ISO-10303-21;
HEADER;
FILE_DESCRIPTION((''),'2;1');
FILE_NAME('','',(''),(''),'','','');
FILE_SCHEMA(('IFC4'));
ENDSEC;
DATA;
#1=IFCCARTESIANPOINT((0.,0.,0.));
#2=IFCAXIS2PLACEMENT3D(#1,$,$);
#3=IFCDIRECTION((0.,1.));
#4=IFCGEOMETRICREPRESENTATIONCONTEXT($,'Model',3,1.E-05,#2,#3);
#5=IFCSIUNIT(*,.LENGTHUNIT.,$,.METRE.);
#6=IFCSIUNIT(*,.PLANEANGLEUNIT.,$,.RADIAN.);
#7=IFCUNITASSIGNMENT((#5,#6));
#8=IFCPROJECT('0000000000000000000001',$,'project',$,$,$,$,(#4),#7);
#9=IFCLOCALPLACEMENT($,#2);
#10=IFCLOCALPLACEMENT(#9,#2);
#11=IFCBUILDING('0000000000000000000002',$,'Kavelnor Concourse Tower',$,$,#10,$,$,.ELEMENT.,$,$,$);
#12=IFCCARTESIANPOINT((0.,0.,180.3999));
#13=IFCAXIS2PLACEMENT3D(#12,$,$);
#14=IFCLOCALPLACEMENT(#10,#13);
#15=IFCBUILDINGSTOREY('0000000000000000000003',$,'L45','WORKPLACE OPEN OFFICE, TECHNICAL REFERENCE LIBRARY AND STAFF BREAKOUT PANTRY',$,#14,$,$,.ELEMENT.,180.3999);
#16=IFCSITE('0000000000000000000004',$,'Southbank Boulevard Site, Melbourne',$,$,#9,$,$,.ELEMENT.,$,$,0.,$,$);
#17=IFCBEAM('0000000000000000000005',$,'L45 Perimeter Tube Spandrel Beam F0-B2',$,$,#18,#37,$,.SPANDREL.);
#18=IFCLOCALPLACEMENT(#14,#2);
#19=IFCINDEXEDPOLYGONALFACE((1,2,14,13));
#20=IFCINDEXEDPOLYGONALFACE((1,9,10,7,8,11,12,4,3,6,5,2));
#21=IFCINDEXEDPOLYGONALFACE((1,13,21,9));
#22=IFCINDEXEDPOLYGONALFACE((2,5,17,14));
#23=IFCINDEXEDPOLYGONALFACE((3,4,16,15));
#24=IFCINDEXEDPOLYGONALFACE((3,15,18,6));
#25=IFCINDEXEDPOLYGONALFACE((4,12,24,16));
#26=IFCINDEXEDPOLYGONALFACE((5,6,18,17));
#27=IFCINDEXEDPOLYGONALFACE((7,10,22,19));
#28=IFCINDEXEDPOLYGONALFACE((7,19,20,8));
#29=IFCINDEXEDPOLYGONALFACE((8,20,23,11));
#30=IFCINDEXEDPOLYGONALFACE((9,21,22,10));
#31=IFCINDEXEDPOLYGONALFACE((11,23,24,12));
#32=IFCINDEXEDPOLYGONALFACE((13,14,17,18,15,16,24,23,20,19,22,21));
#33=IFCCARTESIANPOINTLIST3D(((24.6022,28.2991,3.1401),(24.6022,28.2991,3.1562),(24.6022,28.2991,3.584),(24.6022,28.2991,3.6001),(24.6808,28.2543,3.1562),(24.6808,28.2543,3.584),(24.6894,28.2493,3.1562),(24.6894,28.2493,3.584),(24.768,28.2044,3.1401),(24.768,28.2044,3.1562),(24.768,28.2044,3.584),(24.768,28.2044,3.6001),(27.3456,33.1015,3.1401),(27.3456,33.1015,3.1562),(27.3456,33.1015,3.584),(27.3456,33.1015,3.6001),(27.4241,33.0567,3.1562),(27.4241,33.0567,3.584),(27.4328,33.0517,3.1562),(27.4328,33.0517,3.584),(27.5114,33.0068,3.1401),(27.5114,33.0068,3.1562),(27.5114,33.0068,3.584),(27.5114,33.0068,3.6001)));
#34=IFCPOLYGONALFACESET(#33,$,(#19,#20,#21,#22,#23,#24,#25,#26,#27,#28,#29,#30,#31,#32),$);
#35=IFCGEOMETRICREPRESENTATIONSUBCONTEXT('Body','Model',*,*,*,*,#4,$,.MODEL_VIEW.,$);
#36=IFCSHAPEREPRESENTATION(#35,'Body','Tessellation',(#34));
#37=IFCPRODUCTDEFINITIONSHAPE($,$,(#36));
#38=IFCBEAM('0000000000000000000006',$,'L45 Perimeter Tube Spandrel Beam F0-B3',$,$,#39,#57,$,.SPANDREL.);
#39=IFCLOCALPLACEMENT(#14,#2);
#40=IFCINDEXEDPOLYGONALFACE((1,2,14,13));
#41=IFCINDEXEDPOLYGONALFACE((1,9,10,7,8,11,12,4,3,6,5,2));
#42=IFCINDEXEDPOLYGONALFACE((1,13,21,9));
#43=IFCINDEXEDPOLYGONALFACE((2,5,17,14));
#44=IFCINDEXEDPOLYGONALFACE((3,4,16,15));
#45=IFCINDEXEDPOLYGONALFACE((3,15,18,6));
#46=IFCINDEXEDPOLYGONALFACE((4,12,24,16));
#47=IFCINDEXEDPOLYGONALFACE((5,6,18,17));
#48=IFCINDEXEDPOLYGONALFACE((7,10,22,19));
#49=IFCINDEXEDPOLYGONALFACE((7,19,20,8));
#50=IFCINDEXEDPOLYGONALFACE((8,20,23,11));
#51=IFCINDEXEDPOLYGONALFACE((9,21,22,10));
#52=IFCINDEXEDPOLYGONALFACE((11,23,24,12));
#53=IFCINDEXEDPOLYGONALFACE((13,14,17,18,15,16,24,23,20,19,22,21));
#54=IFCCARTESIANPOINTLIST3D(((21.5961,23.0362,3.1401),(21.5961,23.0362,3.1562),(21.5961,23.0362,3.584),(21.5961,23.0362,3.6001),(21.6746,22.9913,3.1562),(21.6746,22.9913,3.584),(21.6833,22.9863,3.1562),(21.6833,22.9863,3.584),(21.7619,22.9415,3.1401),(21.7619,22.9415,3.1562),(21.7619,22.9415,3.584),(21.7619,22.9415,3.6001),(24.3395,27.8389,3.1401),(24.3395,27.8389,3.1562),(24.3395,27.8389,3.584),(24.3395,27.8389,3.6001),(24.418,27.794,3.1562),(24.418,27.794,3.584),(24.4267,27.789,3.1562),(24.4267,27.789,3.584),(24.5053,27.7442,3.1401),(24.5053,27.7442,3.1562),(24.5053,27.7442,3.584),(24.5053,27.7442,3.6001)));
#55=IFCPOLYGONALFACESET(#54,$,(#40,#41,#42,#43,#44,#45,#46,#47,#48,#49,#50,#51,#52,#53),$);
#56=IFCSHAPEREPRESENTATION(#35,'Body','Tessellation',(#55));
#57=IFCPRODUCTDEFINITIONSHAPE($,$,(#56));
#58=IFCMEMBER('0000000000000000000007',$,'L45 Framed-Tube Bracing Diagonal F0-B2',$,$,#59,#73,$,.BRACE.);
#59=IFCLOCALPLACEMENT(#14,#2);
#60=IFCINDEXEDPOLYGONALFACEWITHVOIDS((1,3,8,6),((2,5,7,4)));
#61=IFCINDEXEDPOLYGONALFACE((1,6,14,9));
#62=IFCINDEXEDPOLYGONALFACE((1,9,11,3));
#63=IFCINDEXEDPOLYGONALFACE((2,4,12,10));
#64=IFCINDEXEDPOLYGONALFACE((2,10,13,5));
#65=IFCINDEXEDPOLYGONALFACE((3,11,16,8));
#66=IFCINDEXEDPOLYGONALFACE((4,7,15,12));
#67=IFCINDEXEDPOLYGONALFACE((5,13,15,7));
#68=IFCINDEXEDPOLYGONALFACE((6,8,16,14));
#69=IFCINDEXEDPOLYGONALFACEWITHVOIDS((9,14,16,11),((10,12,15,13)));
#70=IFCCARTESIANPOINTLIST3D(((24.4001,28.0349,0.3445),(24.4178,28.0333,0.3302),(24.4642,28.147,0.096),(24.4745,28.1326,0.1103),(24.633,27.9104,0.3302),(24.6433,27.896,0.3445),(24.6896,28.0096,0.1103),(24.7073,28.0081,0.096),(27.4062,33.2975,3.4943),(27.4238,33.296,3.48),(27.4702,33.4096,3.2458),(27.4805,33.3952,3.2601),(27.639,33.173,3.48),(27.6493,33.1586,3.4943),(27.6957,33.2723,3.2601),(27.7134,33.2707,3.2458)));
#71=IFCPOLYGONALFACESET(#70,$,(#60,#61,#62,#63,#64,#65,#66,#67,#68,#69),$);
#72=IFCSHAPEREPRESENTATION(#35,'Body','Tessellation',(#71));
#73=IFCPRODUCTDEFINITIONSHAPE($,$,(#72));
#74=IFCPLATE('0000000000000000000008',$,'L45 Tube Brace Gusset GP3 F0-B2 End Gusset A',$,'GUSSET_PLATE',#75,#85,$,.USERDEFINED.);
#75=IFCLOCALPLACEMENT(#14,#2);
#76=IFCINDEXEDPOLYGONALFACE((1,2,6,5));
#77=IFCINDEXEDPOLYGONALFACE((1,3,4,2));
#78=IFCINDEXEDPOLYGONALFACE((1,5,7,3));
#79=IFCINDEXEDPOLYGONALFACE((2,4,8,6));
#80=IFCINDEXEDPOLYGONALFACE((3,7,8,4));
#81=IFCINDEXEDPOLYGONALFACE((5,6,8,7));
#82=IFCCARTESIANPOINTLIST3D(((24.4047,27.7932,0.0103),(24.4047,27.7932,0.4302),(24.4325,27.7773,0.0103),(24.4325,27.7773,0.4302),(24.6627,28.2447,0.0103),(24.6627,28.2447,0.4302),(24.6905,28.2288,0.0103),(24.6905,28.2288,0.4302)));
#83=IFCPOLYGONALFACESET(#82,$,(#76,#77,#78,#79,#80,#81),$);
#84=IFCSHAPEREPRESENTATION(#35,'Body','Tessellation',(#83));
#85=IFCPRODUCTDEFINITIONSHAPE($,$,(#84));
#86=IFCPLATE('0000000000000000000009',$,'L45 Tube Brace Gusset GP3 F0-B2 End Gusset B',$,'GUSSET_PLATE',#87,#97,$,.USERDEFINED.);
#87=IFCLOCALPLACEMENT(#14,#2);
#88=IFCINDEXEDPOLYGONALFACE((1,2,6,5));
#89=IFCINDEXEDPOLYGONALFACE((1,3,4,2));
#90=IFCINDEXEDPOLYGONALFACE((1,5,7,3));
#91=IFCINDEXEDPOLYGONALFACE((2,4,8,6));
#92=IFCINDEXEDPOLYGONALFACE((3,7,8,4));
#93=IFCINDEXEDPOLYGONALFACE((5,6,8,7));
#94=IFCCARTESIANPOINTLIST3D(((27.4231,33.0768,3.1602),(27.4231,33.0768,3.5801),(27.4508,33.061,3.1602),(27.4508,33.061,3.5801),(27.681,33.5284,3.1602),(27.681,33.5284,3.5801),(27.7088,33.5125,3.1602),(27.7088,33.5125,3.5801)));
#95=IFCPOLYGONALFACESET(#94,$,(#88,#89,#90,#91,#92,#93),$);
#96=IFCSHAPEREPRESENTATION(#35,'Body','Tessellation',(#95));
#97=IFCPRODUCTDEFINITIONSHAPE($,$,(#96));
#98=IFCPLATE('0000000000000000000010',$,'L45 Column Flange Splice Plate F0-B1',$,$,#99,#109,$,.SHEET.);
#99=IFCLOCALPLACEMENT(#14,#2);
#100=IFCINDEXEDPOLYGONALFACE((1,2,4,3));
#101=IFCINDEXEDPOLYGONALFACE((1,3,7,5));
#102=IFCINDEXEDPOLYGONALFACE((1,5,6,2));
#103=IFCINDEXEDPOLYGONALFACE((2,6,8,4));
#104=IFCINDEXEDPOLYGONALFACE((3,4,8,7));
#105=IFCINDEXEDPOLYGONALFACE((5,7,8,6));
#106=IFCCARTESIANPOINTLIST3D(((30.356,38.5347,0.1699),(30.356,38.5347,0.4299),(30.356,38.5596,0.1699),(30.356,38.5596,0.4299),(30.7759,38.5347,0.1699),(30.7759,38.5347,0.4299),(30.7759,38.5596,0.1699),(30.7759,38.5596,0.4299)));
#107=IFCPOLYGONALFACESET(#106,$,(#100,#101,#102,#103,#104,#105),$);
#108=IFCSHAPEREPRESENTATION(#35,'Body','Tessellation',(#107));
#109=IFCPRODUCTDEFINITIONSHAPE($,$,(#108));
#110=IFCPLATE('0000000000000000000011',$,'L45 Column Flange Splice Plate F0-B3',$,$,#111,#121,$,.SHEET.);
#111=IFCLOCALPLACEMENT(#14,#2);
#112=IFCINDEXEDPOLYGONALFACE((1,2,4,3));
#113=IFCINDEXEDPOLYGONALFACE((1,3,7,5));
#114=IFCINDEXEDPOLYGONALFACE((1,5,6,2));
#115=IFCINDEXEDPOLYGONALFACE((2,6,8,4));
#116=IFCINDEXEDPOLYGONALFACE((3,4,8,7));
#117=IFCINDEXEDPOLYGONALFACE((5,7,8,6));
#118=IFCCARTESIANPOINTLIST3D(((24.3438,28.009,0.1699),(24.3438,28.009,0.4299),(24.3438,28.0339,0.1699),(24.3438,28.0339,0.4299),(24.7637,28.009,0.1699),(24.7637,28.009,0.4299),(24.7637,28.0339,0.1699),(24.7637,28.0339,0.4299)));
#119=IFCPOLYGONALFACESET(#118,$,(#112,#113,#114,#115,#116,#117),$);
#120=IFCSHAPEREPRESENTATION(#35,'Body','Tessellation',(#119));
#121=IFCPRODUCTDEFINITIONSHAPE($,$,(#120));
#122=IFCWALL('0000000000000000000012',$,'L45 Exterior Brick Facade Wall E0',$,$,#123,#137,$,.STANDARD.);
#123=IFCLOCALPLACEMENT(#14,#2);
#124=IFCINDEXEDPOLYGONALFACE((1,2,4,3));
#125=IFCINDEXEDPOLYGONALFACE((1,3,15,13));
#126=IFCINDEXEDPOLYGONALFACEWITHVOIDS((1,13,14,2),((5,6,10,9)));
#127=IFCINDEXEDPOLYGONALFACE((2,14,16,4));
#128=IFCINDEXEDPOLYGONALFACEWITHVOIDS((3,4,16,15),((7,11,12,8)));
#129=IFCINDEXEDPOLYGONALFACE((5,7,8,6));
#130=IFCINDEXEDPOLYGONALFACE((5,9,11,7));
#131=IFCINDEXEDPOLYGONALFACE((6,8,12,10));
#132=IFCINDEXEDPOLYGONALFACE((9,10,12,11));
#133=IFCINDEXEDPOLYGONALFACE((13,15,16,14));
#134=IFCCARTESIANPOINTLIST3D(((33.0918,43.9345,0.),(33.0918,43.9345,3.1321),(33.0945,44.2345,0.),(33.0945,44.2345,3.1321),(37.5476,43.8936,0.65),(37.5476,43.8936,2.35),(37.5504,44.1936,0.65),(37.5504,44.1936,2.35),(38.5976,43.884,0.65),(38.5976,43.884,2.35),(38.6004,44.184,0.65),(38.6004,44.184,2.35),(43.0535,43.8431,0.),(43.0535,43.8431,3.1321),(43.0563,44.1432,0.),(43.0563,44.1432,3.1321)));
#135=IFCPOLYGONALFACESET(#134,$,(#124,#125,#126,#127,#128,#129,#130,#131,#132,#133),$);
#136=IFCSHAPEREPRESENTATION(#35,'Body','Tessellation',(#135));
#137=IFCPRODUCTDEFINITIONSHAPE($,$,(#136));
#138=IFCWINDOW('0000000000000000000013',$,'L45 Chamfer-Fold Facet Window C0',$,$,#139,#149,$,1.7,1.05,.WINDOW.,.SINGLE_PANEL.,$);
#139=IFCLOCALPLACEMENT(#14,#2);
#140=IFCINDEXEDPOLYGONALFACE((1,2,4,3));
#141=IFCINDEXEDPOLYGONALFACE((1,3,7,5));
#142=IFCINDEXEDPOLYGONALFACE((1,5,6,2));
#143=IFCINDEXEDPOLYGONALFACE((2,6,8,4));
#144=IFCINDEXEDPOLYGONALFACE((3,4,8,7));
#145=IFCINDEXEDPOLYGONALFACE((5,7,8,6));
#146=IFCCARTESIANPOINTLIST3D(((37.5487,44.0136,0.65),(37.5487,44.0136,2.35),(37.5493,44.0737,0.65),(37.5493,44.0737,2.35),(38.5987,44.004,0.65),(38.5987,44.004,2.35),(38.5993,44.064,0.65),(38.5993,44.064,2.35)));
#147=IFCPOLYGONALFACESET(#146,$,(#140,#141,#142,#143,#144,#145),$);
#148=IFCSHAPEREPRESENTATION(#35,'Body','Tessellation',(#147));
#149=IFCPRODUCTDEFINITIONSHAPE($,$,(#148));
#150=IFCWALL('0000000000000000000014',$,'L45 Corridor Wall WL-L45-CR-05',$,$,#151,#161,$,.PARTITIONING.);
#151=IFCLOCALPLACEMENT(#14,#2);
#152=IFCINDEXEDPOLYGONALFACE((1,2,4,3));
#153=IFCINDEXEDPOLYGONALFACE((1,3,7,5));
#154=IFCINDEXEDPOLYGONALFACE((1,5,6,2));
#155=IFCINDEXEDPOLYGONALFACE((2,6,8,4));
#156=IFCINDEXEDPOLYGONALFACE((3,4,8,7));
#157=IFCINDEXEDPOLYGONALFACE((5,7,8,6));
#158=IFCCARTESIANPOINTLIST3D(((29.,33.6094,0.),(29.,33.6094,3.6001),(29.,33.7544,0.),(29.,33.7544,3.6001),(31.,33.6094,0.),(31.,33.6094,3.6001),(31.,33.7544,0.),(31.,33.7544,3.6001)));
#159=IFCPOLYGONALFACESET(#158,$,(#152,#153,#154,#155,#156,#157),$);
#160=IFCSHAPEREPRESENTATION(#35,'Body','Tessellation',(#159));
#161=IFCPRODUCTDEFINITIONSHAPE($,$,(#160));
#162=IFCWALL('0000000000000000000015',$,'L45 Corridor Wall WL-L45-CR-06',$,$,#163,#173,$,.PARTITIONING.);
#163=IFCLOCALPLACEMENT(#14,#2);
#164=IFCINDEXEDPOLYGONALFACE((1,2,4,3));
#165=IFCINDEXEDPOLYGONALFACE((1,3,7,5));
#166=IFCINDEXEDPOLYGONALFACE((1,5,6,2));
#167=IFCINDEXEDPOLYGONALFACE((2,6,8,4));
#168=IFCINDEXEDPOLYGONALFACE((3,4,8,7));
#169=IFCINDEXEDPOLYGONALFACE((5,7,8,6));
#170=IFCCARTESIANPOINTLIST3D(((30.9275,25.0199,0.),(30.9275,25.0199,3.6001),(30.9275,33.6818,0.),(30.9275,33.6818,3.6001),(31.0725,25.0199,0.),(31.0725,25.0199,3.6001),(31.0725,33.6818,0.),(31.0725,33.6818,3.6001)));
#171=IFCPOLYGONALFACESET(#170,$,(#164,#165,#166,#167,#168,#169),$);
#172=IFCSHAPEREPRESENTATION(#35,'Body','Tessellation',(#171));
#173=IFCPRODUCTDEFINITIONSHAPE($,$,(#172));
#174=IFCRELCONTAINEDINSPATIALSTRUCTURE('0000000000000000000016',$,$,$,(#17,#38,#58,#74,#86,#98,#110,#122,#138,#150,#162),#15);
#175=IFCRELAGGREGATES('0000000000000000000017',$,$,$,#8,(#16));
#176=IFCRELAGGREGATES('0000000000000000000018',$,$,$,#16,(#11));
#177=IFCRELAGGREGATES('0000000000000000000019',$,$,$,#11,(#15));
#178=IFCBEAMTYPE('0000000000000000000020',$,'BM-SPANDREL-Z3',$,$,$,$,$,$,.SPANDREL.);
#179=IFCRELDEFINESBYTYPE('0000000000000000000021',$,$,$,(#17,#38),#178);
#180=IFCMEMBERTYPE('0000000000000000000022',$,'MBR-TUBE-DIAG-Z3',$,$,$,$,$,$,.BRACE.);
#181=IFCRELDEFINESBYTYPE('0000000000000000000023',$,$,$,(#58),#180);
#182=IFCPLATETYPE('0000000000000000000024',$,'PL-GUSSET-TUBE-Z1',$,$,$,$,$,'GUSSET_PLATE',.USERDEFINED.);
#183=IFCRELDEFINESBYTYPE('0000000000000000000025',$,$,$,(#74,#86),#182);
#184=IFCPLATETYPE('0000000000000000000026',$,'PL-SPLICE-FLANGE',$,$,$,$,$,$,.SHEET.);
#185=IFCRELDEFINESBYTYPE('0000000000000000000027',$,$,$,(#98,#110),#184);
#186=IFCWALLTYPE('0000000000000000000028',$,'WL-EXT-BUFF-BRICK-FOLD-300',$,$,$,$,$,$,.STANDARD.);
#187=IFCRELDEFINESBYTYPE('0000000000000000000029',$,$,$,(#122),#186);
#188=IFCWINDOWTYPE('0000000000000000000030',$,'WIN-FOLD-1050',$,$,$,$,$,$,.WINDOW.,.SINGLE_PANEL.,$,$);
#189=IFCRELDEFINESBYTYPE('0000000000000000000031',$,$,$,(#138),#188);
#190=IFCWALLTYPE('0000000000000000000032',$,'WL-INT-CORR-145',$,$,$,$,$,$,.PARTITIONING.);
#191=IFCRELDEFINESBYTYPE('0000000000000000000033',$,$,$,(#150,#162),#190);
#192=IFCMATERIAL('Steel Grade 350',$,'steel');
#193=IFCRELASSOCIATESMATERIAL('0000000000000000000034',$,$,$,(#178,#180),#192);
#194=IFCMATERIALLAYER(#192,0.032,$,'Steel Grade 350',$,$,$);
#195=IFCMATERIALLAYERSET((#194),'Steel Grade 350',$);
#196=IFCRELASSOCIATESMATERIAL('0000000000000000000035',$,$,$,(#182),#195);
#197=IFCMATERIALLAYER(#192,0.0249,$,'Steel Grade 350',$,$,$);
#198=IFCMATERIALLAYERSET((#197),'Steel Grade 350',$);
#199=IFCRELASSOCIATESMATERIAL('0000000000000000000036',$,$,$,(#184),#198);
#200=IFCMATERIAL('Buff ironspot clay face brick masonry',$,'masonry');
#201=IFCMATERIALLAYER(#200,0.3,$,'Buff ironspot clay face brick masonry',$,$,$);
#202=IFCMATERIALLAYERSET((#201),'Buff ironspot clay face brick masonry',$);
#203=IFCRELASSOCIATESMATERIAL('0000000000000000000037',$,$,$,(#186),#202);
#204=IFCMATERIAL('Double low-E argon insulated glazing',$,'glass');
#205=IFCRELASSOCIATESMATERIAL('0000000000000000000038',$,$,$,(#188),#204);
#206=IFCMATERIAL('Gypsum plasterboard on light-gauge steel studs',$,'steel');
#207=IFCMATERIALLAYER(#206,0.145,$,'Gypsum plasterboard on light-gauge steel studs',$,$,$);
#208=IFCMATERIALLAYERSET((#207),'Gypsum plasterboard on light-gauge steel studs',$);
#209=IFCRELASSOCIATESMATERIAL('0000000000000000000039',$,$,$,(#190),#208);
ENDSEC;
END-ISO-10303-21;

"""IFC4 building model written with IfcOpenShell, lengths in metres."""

from ifc_helpers import new_model, si_unit, direction, frame, frame_2d, origin, origin_2d, place, context, subcontext, project, spatial, rectangle, hollow_rectangle, i_section, extrude, material, layer, layer_set, material_profile, profile_set, type_object, element, fill, save


model = new_model("IFC4")

# Units and contexts
model_context = context("Model", 3, precision=1e-05, world=origin(), true_north=direction((0.0, 1.0)))
body_context = subcontext(model_context, "Body", "Model", "MODEL_VIEW")
ifc_project = project(units=[si_unit("LENGTHUNIT", "METRE"), si_unit("PLANEANGLEUNIT", "RADIAN")], contexts=[model_context])

# Site, building, storey
site_placement = place(None, origin())
site = spatial("IfcSite", under=ifc_project, at=site_placement, Name="Southbank Boulevard Site, Melbourne", CompositionType="ELEMENT", RefElevation=0.0)
building_placement = place(site_placement, origin())
building = spatial("IfcBuilding", under=site, at=building_placement, Name="Kavelnor Concourse Tower", CompositionType="ELEMENT")
storey_placement = place(building_placement, frame((0.0, 0.0, 180.3999)))
storey = spatial("IfcBuildingStorey", under=building, at=storey_placement, Name="L45", Description="WORKPLACE OPEN OFFICE, TECHNICAL REFERENCE LIBRARY AND STAFF BREAKOUT PANTRY", CompositionType="ELEMENT", Elevation=180.3999)

# Shared definitions
ifc_material_1 = material(Name="Steel Grade 350", Category="steel")

# Beams
ifc_material_profile_1 = material_profile(ifc_material_1, i_section(OverallWidth=0.1909, OverallDepth=0.46, WebThickness=0.01, FlangeThickness=0.0161, at=origin_2d()), Name="460UB82")
ifc_profile_set_1 = profile_set([ifc_material_profile_1], Name="Steel Grade 350")
beam_type_1 = type_object("IfcBeamType", Name="BM-SPANDREL-Z3", PredefinedType="SPANDREL", material=ifc_profile_set_1)
beam_1_placement = place(storey_placement, frame((27.4285, 33.0542, 3.3701), z_axis=(-0.49602, -0.868311, 0.0), x_axis=(0.868311, -0.49602, 0.0)))
element("IfcBeam", 1, at=beam_1_placement, inside=storey, type_object=beam_type_1, Name="L45 Perimeter Tube Spandrel Beam F0-B2", PredefinedType="SPANDREL", context=body_context, shape_type="SweptSolid", body=[
    extrude(i_section(OverallWidth=0.1909, OverallDepth=0.46, WebThickness=0.01, FlangeThickness=0.0161, at=origin_2d()), origin(), (0.0, 0.0, 1.0), 5.5308),
])
beam_2_placement = place(storey_placement, frame((24.4224, 27.7915, 3.3701), z_axis=(-0.496001, -0.868322, 0.0), x_axis=(0.868322, -0.496001, 0.0)))
element("IfcBeam", 2, at=beam_2_placement, inside=storey, type_object=beam_type_1, Name="L45 Perimeter Tube Spandrel Beam F0-B3", PredefinedType="SPANDREL", context=body_context, shape_type="SweptSolid", body=[
    extrude(i_section(OverallWidth=0.1909, OverallDepth=0.46, WebThickness=0.01, FlangeThickness=0.0161, at=origin_2d()), origin(), (0.0, 0.0, 1.0), 5.531),
])

# Member
ifc_material_profile_2 = material_profile(ifc_material_1, hollow_rectangle(XDim=0.28, YDim=0.28, WallThickness=0.0161, at=origin_2d()), Name="SHS 280x280x16")
ifc_profile_set_2 = profile_set([ifc_material_profile_2], Name="Steel Grade 350")
member_type = type_object("IfcMemberType", Name="MBR-TUBE-DIAG-Z3", PredefinedType="BRACE", material=ifc_profile_set_2)
member_placement = place(storey_placement, frame((24.5537, 28.0215, 0.2202), z_axis=(0.440106, 0.77048, 0.461159), x_axis=(-0.868325, 0.495996, 0.0)))
element("IfcMember", 3, at=member_placement, inside=storey, type_object=member_type, Name="L45 Framed-Tube Bracing Diagonal F0-B2", PredefinedType="BRACE", context=body_context, shape_type="SweptSolid", body=[
    extrude(hollow_rectangle(XDim=0.28, YDim=0.28, WallThickness=0.0161, at=origin_2d()), origin(), (0.0, 0.0, 1.0), 6.8303),
])

# Plates
ifc_layer_1 = layer(ifc_material_1, 0.032, Name="Steel Grade 350")
ifc_layer_set_1 = layer_set([ifc_layer_1], Name="Steel Grade 350")
plate_type_1 = type_object("IfcPlateType", Name="PL-GUSSET-TUBE-Z1", ElementType="GUSSET_PLATE", PredefinedType="USERDEFINED", material=ifc_layer_set_1)
for number, where, z_axis, x_axis, name in (
    (4, (24.5476, 28.011, 0.0103), (0.0, 0.0, 1.0), (0.496065, 0.868285, 0.0), "L45 Tube Brace Gusset GP3 F0-B2 End Gusset A"),
    (5, (27.5659, 33.2947, 3.1602), (0.0, 0.0, 1.0), (0.496065, 0.868285, 0.0), "L45 Tube Brace Gusset GP3 F0-B2 End Gusset B"),
):
    element("IfcPlate", number, at=place(storey_placement, frame(where, z_axis=z_axis, x_axis=x_axis)), inside=storey, type_object=plate_type_1, Name=name, ObjectType="GUSSET_PLATE", PredefinedType="USERDEFINED", context=body_context, shape_type="SweptSolid", body=[
        extrude(rectangle(XDim=0.52, YDim=0.032, at=origin_2d()), origin(), (0.0, 0.0, 1.0), 0.4199),
    ])
ifc_layer_2 = layer(ifc_material_1, 0.0249, Name="Steel Grade 350")
ifc_layer_set_2 = layer_set([ifc_layer_2], Name="Steel Grade 350")
plate_type_2 = type_object("IfcPlateType", Name="PL-SPLICE-FLANGE", PredefinedType="SHEET", material=ifc_layer_set_2)
for number, where, z_axis, x_axis, name in (
    (6, (30.5659, 38.5471, 0.1699), (0.0, 0.0, 1.0), (1.0, 0.0, 0.0), "L45 Column Flange Splice Plate F0-B1"),
    (7, (24.5537, 28.0215, 0.1699), (0.0, 0.0, 1.0), (1.0, 0.0, 0.0), "L45 Column Flange Splice Plate F0-B3"),
):
    element("IfcPlate", number, at=place(storey_placement, frame(where, z_axis=z_axis, x_axis=x_axis)), inside=storey, type_object=plate_type_2, Name=name, PredefinedType="SHEET", context=body_context, shape_type="SweptSolid", body=[
        extrude(rectangle(XDim=0.4199, YDim=0.0249, at=origin_2d()), origin(), (0.0, 0.0, 1.0), 0.26),
    ])

# Wall, opening, window
ifc_material_2 = material(Name="Buff ironspot clay face brick masonry", Category="masonry")
ifc_layer_3 = layer(ifc_material_2, 0.3, Name="Buff ironspot clay face brick masonry")
ifc_layer_set_3 = layer_set([ifc_layer_3], Name="Buff ironspot clay face brick masonry")
wall_type_1 = type_object("IfcWallType", Name="WL-EXT-BUFF-BRICK-FOLD-300", PredefinedType="STANDARD", material=ifc_layer_set_3)
wall_1_placement = place(storey_placement, frame((33.0933, 44.0845, 0.0), z_axis=(0.0, 0.0, 1.0), x_axis=(0.999958, -0.009166, 0.0)))
wall_1 = element("IfcWall", 8, at=wall_1_placement, inside=storey, type_object=wall_type_1, Name="L45 Exterior Brick Facade Wall E0", PredefinedType="STANDARD", context=body_context, shape_type="SweptSolid", body=[
    extrude(rectangle(XDim=9.9622, YDim=0.3, at=frame_2d((4.981, 0.0))), origin(), (0.0, 0.0, 1.0), 3.1321),
])
opening_1_placement = place(wall_1_placement, frame((4.4561, 0.0, 0.6499)))
opening_1 = element("IfcOpeningElement", 9, at=opening_1_placement, cuts=wall_1, PredefinedType="OPENING", context=body_context, shape_type="SweptSolid", body=[
    extrude(rectangle(XDim=1.05, YDim=1.7, at=frame_2d((0.5249, 0.8501))), frame((0.0, 0.1602, 0.0), z_axis=(0.0, -1.0, 0.0), x_axis=(1.0, 0.0, 0.0)), (0.0, 0.0, 1.0), 0.3201),
])
ifc_material_3 = material(Name="Double low-E argon insulated glazing", Category="glass")
window_type = type_object("IfcWindowType", Name="WIN-FOLD-1050", PartitioningType="SINGLE_PANEL", PredefinedType="WINDOW", material=ifc_material_3)
window_placement = place(opening_1_placement, origin())
window = element("IfcWindow", 10, at=window_placement, inside=storey, type_object=window_type, Name="L45 Chamfer-Fold Facet Window C0", OverallHeight=1.7, OverallWidth=1.05, PartitioningType="SINGLE_PANEL", PredefinedType="WINDOW", context=body_context, shape_type="SweptSolid", body=[
    extrude(rectangle(XDim=1.05, YDim=1.7, at=frame_2d((0.5249, 0.8501))), frame((0.0, 0.03, 0.0), z_axis=(0.0, -1.0, 0.0), x_axis=(1.0, 0.0, 0.0)), (0.0, 0.0, 1.0), 0.0601),
])
fill(opening_1, window)

# Walls
ifc_material_4 = material(Name="Gypsum plasterboard on light-gauge steel studs", Category="steel")
ifc_layer_4 = layer(ifc_material_4, 0.145, Name="Gypsum plasterboard on light-gauge steel studs")
ifc_layer_set_4 = layer_set([ifc_layer_4], Name="Gypsum plasterboard on light-gauge steel studs")
wall_type_2 = type_object("IfcWallType", Name="WL-INT-CORR-145", PredefinedType="PARTITIONING", material=ifc_layer_set_4)
wall_2_placement = place(storey_placement, frame((29.0, 33.6819, 0.0), z_axis=(0.0, 0.0, 1.0), x_axis=(1.0, 0.0, 0.0)))
element("IfcWall", 11, at=wall_2_placement, inside=storey, type_object=wall_type_2, Name="L45 Corridor Wall WL-L45-CR-05", PredefinedType="PARTITIONING", context=body_context, shape_type="SweptSolid", body=[
    extrude(rectangle(XDim=2.0, YDim=0.145, at=frame_2d((1.0, 0.0))), origin(), (0.0, 0.0, 1.0), 3.6001),
])
wall_3_placement = place(storey_placement, frame((31.0, 33.6819, 0.0), z_axis=(0.0, 0.0, 1.0), x_axis=(0.0, -1.0, 0.0)))
element("IfcWall", 12, at=wall_3_placement, inside=storey, type_object=wall_type_2, Name="L45 Corridor Wall WL-L45-CR-06", PredefinedType="PARTITIONING", context=body_context, shape_type="SweptSolid", body=[
    extrude(rectangle(XDim=8.6619, YDim=0.145, at=frame_2d((4.3311, 0.0))), origin(), (0.0, 0.0, 1.0), 3.6001),
])

save(model, "model.ifc")
